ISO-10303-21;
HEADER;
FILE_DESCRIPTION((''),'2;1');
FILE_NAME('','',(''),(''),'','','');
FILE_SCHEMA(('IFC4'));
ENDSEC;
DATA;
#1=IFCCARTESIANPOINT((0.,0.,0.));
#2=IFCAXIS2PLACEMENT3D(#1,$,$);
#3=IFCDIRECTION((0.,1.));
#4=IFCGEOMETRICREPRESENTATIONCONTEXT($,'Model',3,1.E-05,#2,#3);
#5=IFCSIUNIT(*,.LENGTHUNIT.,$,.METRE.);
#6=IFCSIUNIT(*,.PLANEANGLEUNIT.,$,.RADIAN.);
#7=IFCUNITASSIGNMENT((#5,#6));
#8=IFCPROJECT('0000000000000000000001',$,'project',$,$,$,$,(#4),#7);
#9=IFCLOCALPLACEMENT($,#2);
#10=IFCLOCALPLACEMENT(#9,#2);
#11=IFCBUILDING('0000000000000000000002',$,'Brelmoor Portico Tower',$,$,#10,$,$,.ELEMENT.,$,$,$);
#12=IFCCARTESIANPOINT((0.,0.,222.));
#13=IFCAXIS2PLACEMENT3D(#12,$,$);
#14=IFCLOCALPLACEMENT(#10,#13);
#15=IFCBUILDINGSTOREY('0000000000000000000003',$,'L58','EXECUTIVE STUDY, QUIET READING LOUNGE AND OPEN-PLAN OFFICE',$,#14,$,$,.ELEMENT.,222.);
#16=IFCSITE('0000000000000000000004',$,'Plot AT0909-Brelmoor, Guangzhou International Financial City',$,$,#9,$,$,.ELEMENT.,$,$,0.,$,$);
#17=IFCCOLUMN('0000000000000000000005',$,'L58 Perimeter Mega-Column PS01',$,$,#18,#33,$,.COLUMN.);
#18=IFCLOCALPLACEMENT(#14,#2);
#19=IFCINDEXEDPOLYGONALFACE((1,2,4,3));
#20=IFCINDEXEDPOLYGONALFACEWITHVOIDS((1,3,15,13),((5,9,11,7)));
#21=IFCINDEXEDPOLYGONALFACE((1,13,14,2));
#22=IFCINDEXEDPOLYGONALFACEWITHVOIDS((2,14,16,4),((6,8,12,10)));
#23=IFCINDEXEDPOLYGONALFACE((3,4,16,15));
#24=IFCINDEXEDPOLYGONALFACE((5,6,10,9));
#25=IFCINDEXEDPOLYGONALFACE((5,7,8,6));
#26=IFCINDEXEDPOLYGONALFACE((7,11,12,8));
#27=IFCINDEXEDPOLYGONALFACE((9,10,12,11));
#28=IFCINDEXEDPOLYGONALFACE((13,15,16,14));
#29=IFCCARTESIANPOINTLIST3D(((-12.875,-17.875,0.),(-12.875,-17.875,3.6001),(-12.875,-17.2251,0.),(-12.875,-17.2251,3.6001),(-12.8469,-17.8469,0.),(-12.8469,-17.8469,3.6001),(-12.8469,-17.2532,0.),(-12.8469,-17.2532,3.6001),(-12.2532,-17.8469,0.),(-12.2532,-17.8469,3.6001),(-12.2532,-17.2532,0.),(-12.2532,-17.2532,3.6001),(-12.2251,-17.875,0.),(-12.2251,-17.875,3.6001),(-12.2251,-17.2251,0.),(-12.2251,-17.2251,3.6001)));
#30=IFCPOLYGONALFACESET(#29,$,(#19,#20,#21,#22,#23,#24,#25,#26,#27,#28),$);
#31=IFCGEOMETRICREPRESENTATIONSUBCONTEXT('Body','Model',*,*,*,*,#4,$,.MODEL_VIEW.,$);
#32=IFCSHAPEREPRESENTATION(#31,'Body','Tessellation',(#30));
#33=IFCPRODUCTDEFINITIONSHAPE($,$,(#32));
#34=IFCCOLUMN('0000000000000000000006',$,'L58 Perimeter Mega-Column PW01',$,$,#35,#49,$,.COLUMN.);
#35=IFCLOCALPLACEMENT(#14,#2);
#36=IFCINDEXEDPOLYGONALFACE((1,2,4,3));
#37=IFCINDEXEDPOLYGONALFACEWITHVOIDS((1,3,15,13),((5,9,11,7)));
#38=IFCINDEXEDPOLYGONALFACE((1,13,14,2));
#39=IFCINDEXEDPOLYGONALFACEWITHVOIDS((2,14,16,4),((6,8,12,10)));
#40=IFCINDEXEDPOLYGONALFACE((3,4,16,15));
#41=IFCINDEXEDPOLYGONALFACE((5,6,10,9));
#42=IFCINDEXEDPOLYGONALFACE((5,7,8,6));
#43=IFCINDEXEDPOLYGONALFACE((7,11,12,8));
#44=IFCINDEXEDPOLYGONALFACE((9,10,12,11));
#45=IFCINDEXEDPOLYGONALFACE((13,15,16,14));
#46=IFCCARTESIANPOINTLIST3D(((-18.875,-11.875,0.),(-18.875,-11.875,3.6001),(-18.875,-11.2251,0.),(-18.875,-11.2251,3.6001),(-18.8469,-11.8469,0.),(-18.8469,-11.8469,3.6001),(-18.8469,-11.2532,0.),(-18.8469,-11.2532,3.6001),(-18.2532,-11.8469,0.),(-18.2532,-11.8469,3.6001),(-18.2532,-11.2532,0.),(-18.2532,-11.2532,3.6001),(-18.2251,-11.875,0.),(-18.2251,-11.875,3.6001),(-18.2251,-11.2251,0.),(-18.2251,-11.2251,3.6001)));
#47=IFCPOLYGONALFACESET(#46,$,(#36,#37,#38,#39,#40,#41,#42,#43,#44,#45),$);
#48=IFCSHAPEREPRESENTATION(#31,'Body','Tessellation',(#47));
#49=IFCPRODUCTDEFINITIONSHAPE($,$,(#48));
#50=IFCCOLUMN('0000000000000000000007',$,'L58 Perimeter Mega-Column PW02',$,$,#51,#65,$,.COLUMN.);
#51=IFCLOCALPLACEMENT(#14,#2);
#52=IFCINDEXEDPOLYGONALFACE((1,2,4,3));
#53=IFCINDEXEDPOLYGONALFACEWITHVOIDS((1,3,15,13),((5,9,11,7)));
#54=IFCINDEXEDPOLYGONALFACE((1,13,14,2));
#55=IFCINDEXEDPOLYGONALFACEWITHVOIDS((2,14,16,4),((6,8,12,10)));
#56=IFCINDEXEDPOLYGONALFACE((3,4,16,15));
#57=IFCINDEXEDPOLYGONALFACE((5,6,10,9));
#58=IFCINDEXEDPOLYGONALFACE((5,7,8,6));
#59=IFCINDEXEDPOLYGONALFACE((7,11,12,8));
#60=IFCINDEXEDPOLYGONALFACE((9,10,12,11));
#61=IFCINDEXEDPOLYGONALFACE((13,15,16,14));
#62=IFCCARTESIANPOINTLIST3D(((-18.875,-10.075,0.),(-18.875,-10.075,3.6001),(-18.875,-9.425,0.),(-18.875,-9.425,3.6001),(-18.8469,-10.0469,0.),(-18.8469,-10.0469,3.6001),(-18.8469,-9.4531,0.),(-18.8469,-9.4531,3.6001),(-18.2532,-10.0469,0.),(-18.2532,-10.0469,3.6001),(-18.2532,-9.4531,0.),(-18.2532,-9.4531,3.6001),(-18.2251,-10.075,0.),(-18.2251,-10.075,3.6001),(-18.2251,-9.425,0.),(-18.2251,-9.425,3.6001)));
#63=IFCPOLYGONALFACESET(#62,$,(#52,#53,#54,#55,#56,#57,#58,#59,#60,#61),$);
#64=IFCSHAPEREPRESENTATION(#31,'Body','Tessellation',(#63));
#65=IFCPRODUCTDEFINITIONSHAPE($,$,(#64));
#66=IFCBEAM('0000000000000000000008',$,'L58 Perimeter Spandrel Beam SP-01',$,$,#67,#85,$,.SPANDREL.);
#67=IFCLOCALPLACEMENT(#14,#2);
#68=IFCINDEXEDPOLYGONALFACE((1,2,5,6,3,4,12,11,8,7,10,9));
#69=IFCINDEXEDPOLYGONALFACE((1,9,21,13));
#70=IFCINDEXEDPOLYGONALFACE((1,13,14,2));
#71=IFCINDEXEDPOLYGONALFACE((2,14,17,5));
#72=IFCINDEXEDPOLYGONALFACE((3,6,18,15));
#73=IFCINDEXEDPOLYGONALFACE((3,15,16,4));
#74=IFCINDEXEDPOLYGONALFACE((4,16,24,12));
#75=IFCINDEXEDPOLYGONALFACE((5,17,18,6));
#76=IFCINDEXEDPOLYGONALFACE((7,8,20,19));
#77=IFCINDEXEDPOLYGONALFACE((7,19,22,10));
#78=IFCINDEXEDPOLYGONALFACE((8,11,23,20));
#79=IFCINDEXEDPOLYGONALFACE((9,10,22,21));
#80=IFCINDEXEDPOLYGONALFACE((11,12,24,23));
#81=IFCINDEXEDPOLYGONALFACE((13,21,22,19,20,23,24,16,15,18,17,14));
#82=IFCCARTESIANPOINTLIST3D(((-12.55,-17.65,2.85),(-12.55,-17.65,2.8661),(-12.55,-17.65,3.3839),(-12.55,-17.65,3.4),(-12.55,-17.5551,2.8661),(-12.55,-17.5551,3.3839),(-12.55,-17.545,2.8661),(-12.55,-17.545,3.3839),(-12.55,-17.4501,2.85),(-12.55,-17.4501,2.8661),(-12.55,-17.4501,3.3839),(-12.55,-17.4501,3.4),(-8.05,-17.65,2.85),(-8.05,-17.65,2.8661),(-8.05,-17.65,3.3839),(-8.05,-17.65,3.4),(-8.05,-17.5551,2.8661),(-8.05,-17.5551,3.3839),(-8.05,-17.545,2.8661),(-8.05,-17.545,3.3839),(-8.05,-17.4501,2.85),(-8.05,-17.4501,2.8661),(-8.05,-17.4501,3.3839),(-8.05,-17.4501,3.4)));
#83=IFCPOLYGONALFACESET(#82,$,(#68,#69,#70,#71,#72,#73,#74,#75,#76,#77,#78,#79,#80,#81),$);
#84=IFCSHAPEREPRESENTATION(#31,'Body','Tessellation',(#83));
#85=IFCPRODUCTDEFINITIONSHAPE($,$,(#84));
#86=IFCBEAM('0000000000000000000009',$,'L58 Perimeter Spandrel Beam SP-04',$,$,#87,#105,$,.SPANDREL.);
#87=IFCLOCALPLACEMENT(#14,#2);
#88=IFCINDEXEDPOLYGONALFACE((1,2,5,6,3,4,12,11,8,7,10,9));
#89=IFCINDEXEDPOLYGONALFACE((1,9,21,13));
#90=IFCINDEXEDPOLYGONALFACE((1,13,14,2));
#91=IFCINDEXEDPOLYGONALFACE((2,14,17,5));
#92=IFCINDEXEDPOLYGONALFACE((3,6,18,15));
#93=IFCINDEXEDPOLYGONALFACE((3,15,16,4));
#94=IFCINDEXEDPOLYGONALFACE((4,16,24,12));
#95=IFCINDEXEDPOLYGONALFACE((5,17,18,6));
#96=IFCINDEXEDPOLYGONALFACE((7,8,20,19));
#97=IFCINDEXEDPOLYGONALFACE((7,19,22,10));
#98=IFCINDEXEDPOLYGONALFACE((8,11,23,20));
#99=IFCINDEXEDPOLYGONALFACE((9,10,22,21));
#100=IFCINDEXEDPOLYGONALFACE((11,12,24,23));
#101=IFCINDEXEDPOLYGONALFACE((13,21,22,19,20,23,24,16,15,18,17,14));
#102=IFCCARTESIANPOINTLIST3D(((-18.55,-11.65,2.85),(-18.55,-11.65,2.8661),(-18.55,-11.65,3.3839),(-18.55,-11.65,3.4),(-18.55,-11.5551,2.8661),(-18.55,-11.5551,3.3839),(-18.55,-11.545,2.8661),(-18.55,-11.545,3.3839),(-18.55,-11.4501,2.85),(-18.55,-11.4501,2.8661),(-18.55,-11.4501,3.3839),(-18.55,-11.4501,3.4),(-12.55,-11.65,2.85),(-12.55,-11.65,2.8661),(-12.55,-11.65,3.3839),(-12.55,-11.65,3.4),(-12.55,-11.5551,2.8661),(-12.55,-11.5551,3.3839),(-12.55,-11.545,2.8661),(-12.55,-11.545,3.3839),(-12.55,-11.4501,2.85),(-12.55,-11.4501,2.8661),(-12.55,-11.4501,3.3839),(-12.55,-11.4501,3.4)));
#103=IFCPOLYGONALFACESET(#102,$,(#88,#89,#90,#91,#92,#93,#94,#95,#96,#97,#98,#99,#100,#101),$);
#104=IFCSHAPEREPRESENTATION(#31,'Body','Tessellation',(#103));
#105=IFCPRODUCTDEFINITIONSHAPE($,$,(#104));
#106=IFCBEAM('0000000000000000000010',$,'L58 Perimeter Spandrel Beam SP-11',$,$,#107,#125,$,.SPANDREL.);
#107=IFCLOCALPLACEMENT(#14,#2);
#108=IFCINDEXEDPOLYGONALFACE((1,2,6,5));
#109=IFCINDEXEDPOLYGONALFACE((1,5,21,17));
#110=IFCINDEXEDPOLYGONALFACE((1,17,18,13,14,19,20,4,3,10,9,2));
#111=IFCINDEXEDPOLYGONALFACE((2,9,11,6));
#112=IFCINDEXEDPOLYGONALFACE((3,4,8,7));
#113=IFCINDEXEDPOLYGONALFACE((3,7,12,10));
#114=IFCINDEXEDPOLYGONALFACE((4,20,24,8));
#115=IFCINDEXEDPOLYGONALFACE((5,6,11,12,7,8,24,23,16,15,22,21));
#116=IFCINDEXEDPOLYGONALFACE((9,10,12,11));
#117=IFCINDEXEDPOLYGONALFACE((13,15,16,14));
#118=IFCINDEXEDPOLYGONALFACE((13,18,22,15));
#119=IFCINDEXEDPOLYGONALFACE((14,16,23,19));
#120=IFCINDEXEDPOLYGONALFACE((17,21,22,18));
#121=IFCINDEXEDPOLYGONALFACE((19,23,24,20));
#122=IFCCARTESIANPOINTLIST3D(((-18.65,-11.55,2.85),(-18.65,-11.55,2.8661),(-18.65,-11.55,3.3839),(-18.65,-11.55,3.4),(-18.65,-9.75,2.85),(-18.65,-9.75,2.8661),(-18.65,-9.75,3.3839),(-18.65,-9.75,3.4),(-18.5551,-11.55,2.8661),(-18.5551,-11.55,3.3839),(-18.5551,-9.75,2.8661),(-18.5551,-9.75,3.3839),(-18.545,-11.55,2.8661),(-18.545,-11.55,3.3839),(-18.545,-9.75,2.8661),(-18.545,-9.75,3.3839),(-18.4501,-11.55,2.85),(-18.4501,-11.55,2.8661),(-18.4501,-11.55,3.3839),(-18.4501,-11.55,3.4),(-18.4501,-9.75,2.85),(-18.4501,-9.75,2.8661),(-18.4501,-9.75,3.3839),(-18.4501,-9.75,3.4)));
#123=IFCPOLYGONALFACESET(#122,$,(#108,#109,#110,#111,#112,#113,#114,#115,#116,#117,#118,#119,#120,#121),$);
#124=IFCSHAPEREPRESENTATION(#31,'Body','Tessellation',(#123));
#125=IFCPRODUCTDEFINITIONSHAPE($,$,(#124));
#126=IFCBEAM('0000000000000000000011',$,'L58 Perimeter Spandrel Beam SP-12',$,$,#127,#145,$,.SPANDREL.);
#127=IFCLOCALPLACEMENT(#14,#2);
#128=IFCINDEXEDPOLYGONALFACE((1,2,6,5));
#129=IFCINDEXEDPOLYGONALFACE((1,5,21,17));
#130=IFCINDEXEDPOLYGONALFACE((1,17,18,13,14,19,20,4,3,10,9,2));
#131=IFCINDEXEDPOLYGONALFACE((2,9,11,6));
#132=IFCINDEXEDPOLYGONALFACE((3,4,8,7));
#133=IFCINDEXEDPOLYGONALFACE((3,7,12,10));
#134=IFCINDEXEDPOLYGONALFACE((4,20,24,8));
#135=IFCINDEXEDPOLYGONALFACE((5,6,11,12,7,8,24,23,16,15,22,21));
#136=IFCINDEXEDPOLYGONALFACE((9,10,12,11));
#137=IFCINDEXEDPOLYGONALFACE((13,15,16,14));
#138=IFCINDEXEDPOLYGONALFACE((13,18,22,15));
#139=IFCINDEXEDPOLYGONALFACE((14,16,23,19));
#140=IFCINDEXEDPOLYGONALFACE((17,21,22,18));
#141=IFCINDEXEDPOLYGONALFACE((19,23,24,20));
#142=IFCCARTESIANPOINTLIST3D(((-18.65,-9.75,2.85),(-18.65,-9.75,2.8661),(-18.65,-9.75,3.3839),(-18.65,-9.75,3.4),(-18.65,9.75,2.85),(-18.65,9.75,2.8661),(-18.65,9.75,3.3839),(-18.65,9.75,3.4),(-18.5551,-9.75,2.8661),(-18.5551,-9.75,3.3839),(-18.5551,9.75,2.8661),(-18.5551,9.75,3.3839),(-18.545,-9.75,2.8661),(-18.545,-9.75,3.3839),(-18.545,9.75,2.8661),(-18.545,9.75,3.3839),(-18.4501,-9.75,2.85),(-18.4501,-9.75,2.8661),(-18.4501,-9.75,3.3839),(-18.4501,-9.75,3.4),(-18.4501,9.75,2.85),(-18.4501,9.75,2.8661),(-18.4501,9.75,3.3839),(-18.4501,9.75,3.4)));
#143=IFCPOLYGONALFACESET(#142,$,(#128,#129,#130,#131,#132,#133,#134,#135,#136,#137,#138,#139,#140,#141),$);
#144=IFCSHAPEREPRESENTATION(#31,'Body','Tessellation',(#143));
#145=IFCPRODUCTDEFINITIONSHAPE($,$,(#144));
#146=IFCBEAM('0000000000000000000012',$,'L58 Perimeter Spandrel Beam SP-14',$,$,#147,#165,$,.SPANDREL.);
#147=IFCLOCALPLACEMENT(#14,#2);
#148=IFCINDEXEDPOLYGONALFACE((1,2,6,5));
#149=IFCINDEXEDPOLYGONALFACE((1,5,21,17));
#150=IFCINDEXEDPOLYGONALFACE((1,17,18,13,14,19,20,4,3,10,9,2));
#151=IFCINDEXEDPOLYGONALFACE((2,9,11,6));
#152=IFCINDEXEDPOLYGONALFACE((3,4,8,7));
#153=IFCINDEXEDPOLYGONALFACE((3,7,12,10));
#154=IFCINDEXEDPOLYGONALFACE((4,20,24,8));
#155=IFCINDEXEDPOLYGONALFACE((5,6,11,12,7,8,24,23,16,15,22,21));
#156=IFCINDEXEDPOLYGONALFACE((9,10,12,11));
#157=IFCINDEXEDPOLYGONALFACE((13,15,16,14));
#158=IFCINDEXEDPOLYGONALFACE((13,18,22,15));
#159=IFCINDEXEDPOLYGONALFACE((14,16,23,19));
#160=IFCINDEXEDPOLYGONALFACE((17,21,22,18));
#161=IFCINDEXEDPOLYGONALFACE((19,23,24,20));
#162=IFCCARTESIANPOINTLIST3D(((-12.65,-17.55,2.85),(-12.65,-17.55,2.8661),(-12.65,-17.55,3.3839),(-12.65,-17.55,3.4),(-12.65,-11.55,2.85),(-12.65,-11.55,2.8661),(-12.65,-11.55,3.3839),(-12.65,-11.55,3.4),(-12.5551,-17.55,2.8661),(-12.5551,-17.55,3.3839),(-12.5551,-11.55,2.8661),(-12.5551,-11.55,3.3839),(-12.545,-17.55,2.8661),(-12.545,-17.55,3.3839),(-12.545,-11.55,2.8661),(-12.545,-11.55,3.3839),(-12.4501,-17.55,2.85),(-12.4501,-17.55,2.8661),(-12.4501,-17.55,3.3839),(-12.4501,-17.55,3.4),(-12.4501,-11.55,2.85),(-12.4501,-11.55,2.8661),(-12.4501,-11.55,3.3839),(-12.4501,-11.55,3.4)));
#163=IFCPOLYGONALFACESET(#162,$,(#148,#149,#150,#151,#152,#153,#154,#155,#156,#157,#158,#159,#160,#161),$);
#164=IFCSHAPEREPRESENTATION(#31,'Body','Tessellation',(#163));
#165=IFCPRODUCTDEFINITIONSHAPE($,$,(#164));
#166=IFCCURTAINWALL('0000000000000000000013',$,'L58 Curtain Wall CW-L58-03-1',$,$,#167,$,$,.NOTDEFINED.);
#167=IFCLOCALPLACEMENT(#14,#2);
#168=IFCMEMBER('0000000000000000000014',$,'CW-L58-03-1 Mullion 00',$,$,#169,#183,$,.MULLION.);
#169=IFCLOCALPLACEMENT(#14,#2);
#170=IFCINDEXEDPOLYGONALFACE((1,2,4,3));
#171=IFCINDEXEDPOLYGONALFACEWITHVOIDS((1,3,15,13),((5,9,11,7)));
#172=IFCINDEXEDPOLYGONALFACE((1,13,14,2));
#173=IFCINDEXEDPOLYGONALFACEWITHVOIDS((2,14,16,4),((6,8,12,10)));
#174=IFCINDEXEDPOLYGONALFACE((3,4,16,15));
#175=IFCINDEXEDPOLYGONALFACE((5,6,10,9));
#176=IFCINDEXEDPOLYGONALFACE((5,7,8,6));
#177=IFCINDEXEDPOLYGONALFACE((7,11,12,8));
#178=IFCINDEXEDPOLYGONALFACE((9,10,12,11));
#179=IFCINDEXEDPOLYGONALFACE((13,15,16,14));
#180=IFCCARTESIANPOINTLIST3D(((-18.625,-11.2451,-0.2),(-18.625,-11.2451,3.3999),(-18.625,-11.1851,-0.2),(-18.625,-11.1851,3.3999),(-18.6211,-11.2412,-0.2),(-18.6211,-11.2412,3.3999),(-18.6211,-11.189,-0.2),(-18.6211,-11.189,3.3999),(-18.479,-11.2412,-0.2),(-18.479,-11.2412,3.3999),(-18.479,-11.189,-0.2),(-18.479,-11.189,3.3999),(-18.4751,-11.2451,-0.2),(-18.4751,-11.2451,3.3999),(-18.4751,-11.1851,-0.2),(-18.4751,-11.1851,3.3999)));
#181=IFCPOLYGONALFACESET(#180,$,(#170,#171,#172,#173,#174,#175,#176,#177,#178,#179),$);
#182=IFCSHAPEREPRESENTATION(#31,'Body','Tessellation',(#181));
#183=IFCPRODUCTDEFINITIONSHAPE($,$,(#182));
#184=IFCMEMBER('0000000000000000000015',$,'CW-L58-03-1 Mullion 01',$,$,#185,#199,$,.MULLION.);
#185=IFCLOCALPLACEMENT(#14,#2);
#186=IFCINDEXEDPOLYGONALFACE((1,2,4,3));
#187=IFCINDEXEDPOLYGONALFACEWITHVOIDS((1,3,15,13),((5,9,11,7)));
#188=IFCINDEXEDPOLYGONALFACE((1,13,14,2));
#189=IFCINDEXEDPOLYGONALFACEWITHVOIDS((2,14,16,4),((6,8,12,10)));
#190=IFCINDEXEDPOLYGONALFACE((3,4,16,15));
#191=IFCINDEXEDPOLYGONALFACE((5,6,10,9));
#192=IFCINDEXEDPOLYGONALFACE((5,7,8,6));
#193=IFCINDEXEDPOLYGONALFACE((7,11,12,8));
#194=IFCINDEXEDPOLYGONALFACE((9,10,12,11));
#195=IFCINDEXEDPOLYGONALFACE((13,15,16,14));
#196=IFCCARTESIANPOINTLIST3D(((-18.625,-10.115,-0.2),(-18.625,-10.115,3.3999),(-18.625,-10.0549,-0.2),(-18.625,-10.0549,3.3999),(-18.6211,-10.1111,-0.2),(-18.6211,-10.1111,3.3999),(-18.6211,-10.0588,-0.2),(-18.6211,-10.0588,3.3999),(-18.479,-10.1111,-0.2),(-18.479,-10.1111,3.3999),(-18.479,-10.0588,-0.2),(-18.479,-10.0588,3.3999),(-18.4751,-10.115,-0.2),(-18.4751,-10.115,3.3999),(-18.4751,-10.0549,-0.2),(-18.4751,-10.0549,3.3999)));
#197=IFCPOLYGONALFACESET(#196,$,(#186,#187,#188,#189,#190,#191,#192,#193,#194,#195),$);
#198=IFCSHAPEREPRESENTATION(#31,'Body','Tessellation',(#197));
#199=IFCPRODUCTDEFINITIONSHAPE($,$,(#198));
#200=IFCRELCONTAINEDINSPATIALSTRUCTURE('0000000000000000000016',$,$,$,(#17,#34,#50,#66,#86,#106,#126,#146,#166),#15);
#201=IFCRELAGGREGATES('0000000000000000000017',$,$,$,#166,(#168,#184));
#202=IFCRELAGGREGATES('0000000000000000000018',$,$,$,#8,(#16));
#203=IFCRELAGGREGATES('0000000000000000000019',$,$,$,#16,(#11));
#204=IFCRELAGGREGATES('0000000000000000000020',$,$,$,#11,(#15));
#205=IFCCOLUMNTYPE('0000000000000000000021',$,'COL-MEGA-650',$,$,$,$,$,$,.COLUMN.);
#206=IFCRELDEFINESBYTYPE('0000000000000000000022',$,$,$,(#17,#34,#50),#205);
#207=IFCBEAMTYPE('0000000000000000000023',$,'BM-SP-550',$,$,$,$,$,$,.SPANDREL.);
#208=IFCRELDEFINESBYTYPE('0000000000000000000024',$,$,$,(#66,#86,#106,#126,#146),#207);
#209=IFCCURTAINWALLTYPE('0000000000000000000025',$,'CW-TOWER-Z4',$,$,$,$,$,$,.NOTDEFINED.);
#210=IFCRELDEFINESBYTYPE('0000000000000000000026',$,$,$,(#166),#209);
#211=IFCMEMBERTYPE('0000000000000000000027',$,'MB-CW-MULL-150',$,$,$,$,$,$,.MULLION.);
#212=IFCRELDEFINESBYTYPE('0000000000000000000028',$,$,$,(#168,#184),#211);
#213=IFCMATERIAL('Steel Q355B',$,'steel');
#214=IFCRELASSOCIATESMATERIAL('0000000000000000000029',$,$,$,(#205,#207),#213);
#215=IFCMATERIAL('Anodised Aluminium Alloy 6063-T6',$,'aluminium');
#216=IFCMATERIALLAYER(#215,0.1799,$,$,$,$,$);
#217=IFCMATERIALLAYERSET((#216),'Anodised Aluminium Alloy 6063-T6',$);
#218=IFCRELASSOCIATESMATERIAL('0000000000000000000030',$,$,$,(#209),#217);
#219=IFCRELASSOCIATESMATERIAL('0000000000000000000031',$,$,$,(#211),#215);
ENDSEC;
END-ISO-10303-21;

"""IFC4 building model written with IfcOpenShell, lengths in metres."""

from ifc_helpers import new_model, si_unit, direction, frame, origin, origin_2d, place, context, subcontext, project, spatial, hollow_rectangle, i_section, extrude, material, layer, layer_set, material_profile, profile_set, type_object, element, aggregate, save


model = new_model("IFC4")

# Units and contexts
model_context = context("Model", 3, precision=1e-05, world=origin(), true_north=direction((0.0, 1.0)))
body_context = subcontext(model_context, "Body", "Model", "MODEL_VIEW")
ifc_project = project(units=[si_unit("LENGTHUNIT", "METRE"), si_unit("PLANEANGLEUNIT", "RADIAN")], contexts=[model_context])

# Site, building, storey
site_placement = place(None, origin())
site = spatial("IfcSite", under=ifc_project, at=site_placement, Name="Plot AT0909-Brelmoor, Guangzhou International Financial City", CompositionType="ELEMENT", RefElevation=0.0)
building_placement = place(site_placement, origin())
building = spatial("IfcBuilding", under=site, at=building_placement, Name="Brelmoor Portico Tower", CompositionType="ELEMENT")
storey_placement = place(building_placement, frame((0.0, 0.0, 222.0)))
storey = spatial("IfcBuildingStorey", under=building, at=storey_placement, Name="L58", Description="EXECUTIVE STUDY, QUIET READING LOUNGE AND OPEN-PLAN OFFICE", CompositionType="ELEMENT", Elevation=222.0)

# Columns
ifc_material_1 = material(Name="Steel Q355B", Category="steel")
ifc_material_profile_1 = material_profile(ifc_material_1, hollow_rectangle(XDim=0.6499, YDim=0.6499, WallThickness=0.0281, at=origin_2d()), Name="BOX 650x650x28")
ifc_profile_set_1 = profile_set([ifc_material_profile_1], Name="Steel Q355B")
column_type = type_object("IfcColumnType", Name="COL-MEGA-650", PredefinedType="COLUMN", material=ifc_profile_set_1)
for number, where, z_axis, x_axis, name in (
    (1, (-12.55, -17.55, 0.0), (0.0, 0.0, 1.0), (1.0, 0.0, 0.0), "L58 Perimeter Mega-Column PS01"),
    (2, (-18.55, -11.55, 0.0), (0.0, 0.0, 1.0), (0.0, 1.0, 0.0), "L58 Perimeter Mega-Column PW01"),
    (3, (-18.55, -9.75, 0.0), (0.0, 0.0, 1.0), (0.0, 1.0, 0.0), "L58 Perimeter Mega-Column PW02"),
):
    element("IfcColumn", number, at=place(storey_placement, frame(where, z_axis=z_axis, x_axis=x_axis)), inside=storey, type_object=column_type, Name=name, PredefinedType="COLUMN", context=body_context, shape_type="SweptSolid", body=[
        extrude(hollow_rectangle(XDim=0.6499, YDim=0.6499, WallThickness=0.0281, at=origin_2d()), origin(), (0.0, 0.0, 1.0), 3.6001),
    ])

# Beams
ifc_material_profile_2 = material_profile(ifc_material_1, i_section(OverallWidth=0.2, OverallDepth=0.55, WebThickness=0.01, FlangeThickness=0.0161, at=origin_2d()), Name="HN 550x200x10x16")
ifc_profile_set_2 = profile_set([ifc_material_profile_2], Name="Steel Q355B")
beam_type = type_object("IfcBeamType", Name="BM-SP-550", PredefinedType="SPANDREL", material=ifc_profile_set_2)
beam_1_placement = place(storey_placement, frame((-12.55, -17.55, 3.125), z_axis=(1.0, 0.0, 0.0), x_axis=(0.0, 1.0, 0.0)))
element("IfcBeam", 4, at=beam_1_placement, inside=storey, type_object=beam_type, Name="L58 Perimeter Spandrel Beam SP-01", PredefinedType="SPANDREL", context=body_context, shape_type="SweptSolid", body=[
    extrude(i_section(OverallWidth=0.2, OverallDepth=0.55, WebThickness=0.01, FlangeThickness=0.0161, at=origin_2d()), origin(), (0.0, 0.0, 1.0), 4.5),
])
beam_2_placement = place(storey_placement, frame((-18.55, -11.55, 3.125), z_axis=(1.0, 0.0, 0.0), x_axis=(0.0, 1.0, 0.0)))
element("IfcBeam", 5, at=beam_2_placement, inside=storey, type_object=beam_type, Name="L58 Perimeter Spandrel Beam SP-04", PredefinedType="SPANDREL", context=body_context, shape_type="SweptSolid", body=[
    extrude(i_section(OverallWidth=0.2, OverallDepth=0.55, WebThickness=0.01, FlangeThickness=0.0161, at=origin_2d()), origin(), (0.0, 0.0, 1.0), 6.0),
])
beam_3_placement = place(storey_placement, frame((-18.55, -11.55, 3.125), z_axis=(0.0, 1.0, 0.0), x_axis=(-1.0, 0.0, 0.0)))
element("IfcBeam", 6, at=beam_3_placement, inside=storey, type_object=beam_type, Name="L58 Perimeter Spandrel Beam SP-11", PredefinedType="SPANDREL", context=body_context, shape_type="SweptSolid", body=[
    extrude(i_section(OverallWidth=0.2, OverallDepth=0.55, WebThickness=0.01, FlangeThickness=0.0161, at=origin_2d()), origin(), (0.0, 0.0, 1.0), 1.8),
])
beam_4_placement = place(storey_placement, frame((-18.55, -9.75, 3.125), z_axis=(0.0, 1.0, 0.0), x_axis=(-1.0, 0.0, 0.0)))
element("IfcBeam", 7, at=beam_4_placement, inside=storey, type_object=beam_type, Name="L58 Perimeter Spandrel Beam SP-12", PredefinedType="SPANDREL", context=body_context, shape_type="SweptSolid", body=[
    extrude(i_section(OverallWidth=0.2, OverallDepth=0.55, WebThickness=0.01, FlangeThickness=0.0161, at=origin_2d()), origin(), (0.0, 0.0, 1.0), 19.5),
])
beam_5_placement = place(storey_placement, frame((-12.55, -17.55, 3.125), z_axis=(0.0, 1.0, 0.0), x_axis=(-1.0, 0.0, 0.0)))
element("IfcBeam", 8, at=beam_5_placement, inside=storey, type_object=beam_type, Name="L58 Perimeter Spandrel Beam SP-14", PredefinedType="SPANDREL", context=body_context, shape_type="SweptSolid", body=[
    extrude(i_section(OverallWidth=0.2, OverallDepth=0.55, WebThickness=0.01, FlangeThickness=0.0161, at=origin_2d()), origin(), (0.0, 0.0, 1.0), 6.0),
])

# Curtain wall, members
ifc_material_2 = material(Name="Anodised Aluminium Alloy 6063-T6", Category="aluminium")
ifc_layer_1 = layer(ifc_material_2, 0.1799)
ifc_layer_set_1 = layer_set([ifc_layer_1], Name="Anodised Aluminium Alloy 6063-T6")
curtain_wall_type_1 = type_object("IfcCurtainWallType", Name="CW-TOWER-Z4", PredefinedType="NOTDEFINED", material=ifc_layer_set_1)
curtain_wall_1_placement = place(storey_placement, origin())
curtain_wall_1 = element("IfcCurtainWall", 9, at=curtain_wall_1_placement, inside=storey, type_object=curtain_wall_type_1, Name="L58 Curtain Wall CW-L58-03-1", PredefinedType="NOTDEFINED")
ifc_material_profile_3 = material_profile(ifc_material_2, hollow_rectangle(XDim=0.0601, YDim=0.1499, WallThickness=0.0039, at=origin_2d()), Name="ALU MULLION 60x150")
ifc_profile_set_3 = profile_set([ifc_material_profile_3], Name="Anodised Aluminium Alloy 6063-T6")
member_type_1 = type_object("IfcMemberType", Name="MB-CW-MULL-150", PredefinedType="MULLION", material=ifc_profile_set_3)
member_1_placement = place(storey_placement, frame((-18.55, -11.2151, -0.2), z_axis=(0.0, 0.0, 1.0), x_axis=(0.0, 1.0, 0.0)))
member_1 = element("IfcMember", 10, at=member_1_placement, type_object=member_type_1, Name="CW-L58-03-1 Mullion 00", PredefinedType="MULLION", context=body_context, shape_type="SweptSolid", body=[
    extrude(hollow_rectangle(XDim=0.0601, YDim=0.1499, WallThickness=0.0039, at=origin_2d()), origin(), (0.0, 0.0, 1.0), 3.5999),
])
member_2_placement = place(storey_placement, frame((-18.55, -10.085, -0.2), z_axis=(0.0, 0.0, 1.0), x_axis=(0.0, 1.0, 0.0)))
member_2 = element("IfcMember", 11, at=member_2_placement, type_object=member_type_1, Name="CW-L58-03-1 Mullion 01", PredefinedType="MULLION", context=body_context, shape_type="SweptSolid", body=[
    extrude(hollow_rectangle(XDim=0.0601, YDim=0.1499, WallThickness=0.0039, at=origin_2d()), origin(), (0.0, 0.0, 1.0), 3.5999),
])

aggregate(curtain_wall_1, [member_1, member_2])

save(model, "model.ifc")
